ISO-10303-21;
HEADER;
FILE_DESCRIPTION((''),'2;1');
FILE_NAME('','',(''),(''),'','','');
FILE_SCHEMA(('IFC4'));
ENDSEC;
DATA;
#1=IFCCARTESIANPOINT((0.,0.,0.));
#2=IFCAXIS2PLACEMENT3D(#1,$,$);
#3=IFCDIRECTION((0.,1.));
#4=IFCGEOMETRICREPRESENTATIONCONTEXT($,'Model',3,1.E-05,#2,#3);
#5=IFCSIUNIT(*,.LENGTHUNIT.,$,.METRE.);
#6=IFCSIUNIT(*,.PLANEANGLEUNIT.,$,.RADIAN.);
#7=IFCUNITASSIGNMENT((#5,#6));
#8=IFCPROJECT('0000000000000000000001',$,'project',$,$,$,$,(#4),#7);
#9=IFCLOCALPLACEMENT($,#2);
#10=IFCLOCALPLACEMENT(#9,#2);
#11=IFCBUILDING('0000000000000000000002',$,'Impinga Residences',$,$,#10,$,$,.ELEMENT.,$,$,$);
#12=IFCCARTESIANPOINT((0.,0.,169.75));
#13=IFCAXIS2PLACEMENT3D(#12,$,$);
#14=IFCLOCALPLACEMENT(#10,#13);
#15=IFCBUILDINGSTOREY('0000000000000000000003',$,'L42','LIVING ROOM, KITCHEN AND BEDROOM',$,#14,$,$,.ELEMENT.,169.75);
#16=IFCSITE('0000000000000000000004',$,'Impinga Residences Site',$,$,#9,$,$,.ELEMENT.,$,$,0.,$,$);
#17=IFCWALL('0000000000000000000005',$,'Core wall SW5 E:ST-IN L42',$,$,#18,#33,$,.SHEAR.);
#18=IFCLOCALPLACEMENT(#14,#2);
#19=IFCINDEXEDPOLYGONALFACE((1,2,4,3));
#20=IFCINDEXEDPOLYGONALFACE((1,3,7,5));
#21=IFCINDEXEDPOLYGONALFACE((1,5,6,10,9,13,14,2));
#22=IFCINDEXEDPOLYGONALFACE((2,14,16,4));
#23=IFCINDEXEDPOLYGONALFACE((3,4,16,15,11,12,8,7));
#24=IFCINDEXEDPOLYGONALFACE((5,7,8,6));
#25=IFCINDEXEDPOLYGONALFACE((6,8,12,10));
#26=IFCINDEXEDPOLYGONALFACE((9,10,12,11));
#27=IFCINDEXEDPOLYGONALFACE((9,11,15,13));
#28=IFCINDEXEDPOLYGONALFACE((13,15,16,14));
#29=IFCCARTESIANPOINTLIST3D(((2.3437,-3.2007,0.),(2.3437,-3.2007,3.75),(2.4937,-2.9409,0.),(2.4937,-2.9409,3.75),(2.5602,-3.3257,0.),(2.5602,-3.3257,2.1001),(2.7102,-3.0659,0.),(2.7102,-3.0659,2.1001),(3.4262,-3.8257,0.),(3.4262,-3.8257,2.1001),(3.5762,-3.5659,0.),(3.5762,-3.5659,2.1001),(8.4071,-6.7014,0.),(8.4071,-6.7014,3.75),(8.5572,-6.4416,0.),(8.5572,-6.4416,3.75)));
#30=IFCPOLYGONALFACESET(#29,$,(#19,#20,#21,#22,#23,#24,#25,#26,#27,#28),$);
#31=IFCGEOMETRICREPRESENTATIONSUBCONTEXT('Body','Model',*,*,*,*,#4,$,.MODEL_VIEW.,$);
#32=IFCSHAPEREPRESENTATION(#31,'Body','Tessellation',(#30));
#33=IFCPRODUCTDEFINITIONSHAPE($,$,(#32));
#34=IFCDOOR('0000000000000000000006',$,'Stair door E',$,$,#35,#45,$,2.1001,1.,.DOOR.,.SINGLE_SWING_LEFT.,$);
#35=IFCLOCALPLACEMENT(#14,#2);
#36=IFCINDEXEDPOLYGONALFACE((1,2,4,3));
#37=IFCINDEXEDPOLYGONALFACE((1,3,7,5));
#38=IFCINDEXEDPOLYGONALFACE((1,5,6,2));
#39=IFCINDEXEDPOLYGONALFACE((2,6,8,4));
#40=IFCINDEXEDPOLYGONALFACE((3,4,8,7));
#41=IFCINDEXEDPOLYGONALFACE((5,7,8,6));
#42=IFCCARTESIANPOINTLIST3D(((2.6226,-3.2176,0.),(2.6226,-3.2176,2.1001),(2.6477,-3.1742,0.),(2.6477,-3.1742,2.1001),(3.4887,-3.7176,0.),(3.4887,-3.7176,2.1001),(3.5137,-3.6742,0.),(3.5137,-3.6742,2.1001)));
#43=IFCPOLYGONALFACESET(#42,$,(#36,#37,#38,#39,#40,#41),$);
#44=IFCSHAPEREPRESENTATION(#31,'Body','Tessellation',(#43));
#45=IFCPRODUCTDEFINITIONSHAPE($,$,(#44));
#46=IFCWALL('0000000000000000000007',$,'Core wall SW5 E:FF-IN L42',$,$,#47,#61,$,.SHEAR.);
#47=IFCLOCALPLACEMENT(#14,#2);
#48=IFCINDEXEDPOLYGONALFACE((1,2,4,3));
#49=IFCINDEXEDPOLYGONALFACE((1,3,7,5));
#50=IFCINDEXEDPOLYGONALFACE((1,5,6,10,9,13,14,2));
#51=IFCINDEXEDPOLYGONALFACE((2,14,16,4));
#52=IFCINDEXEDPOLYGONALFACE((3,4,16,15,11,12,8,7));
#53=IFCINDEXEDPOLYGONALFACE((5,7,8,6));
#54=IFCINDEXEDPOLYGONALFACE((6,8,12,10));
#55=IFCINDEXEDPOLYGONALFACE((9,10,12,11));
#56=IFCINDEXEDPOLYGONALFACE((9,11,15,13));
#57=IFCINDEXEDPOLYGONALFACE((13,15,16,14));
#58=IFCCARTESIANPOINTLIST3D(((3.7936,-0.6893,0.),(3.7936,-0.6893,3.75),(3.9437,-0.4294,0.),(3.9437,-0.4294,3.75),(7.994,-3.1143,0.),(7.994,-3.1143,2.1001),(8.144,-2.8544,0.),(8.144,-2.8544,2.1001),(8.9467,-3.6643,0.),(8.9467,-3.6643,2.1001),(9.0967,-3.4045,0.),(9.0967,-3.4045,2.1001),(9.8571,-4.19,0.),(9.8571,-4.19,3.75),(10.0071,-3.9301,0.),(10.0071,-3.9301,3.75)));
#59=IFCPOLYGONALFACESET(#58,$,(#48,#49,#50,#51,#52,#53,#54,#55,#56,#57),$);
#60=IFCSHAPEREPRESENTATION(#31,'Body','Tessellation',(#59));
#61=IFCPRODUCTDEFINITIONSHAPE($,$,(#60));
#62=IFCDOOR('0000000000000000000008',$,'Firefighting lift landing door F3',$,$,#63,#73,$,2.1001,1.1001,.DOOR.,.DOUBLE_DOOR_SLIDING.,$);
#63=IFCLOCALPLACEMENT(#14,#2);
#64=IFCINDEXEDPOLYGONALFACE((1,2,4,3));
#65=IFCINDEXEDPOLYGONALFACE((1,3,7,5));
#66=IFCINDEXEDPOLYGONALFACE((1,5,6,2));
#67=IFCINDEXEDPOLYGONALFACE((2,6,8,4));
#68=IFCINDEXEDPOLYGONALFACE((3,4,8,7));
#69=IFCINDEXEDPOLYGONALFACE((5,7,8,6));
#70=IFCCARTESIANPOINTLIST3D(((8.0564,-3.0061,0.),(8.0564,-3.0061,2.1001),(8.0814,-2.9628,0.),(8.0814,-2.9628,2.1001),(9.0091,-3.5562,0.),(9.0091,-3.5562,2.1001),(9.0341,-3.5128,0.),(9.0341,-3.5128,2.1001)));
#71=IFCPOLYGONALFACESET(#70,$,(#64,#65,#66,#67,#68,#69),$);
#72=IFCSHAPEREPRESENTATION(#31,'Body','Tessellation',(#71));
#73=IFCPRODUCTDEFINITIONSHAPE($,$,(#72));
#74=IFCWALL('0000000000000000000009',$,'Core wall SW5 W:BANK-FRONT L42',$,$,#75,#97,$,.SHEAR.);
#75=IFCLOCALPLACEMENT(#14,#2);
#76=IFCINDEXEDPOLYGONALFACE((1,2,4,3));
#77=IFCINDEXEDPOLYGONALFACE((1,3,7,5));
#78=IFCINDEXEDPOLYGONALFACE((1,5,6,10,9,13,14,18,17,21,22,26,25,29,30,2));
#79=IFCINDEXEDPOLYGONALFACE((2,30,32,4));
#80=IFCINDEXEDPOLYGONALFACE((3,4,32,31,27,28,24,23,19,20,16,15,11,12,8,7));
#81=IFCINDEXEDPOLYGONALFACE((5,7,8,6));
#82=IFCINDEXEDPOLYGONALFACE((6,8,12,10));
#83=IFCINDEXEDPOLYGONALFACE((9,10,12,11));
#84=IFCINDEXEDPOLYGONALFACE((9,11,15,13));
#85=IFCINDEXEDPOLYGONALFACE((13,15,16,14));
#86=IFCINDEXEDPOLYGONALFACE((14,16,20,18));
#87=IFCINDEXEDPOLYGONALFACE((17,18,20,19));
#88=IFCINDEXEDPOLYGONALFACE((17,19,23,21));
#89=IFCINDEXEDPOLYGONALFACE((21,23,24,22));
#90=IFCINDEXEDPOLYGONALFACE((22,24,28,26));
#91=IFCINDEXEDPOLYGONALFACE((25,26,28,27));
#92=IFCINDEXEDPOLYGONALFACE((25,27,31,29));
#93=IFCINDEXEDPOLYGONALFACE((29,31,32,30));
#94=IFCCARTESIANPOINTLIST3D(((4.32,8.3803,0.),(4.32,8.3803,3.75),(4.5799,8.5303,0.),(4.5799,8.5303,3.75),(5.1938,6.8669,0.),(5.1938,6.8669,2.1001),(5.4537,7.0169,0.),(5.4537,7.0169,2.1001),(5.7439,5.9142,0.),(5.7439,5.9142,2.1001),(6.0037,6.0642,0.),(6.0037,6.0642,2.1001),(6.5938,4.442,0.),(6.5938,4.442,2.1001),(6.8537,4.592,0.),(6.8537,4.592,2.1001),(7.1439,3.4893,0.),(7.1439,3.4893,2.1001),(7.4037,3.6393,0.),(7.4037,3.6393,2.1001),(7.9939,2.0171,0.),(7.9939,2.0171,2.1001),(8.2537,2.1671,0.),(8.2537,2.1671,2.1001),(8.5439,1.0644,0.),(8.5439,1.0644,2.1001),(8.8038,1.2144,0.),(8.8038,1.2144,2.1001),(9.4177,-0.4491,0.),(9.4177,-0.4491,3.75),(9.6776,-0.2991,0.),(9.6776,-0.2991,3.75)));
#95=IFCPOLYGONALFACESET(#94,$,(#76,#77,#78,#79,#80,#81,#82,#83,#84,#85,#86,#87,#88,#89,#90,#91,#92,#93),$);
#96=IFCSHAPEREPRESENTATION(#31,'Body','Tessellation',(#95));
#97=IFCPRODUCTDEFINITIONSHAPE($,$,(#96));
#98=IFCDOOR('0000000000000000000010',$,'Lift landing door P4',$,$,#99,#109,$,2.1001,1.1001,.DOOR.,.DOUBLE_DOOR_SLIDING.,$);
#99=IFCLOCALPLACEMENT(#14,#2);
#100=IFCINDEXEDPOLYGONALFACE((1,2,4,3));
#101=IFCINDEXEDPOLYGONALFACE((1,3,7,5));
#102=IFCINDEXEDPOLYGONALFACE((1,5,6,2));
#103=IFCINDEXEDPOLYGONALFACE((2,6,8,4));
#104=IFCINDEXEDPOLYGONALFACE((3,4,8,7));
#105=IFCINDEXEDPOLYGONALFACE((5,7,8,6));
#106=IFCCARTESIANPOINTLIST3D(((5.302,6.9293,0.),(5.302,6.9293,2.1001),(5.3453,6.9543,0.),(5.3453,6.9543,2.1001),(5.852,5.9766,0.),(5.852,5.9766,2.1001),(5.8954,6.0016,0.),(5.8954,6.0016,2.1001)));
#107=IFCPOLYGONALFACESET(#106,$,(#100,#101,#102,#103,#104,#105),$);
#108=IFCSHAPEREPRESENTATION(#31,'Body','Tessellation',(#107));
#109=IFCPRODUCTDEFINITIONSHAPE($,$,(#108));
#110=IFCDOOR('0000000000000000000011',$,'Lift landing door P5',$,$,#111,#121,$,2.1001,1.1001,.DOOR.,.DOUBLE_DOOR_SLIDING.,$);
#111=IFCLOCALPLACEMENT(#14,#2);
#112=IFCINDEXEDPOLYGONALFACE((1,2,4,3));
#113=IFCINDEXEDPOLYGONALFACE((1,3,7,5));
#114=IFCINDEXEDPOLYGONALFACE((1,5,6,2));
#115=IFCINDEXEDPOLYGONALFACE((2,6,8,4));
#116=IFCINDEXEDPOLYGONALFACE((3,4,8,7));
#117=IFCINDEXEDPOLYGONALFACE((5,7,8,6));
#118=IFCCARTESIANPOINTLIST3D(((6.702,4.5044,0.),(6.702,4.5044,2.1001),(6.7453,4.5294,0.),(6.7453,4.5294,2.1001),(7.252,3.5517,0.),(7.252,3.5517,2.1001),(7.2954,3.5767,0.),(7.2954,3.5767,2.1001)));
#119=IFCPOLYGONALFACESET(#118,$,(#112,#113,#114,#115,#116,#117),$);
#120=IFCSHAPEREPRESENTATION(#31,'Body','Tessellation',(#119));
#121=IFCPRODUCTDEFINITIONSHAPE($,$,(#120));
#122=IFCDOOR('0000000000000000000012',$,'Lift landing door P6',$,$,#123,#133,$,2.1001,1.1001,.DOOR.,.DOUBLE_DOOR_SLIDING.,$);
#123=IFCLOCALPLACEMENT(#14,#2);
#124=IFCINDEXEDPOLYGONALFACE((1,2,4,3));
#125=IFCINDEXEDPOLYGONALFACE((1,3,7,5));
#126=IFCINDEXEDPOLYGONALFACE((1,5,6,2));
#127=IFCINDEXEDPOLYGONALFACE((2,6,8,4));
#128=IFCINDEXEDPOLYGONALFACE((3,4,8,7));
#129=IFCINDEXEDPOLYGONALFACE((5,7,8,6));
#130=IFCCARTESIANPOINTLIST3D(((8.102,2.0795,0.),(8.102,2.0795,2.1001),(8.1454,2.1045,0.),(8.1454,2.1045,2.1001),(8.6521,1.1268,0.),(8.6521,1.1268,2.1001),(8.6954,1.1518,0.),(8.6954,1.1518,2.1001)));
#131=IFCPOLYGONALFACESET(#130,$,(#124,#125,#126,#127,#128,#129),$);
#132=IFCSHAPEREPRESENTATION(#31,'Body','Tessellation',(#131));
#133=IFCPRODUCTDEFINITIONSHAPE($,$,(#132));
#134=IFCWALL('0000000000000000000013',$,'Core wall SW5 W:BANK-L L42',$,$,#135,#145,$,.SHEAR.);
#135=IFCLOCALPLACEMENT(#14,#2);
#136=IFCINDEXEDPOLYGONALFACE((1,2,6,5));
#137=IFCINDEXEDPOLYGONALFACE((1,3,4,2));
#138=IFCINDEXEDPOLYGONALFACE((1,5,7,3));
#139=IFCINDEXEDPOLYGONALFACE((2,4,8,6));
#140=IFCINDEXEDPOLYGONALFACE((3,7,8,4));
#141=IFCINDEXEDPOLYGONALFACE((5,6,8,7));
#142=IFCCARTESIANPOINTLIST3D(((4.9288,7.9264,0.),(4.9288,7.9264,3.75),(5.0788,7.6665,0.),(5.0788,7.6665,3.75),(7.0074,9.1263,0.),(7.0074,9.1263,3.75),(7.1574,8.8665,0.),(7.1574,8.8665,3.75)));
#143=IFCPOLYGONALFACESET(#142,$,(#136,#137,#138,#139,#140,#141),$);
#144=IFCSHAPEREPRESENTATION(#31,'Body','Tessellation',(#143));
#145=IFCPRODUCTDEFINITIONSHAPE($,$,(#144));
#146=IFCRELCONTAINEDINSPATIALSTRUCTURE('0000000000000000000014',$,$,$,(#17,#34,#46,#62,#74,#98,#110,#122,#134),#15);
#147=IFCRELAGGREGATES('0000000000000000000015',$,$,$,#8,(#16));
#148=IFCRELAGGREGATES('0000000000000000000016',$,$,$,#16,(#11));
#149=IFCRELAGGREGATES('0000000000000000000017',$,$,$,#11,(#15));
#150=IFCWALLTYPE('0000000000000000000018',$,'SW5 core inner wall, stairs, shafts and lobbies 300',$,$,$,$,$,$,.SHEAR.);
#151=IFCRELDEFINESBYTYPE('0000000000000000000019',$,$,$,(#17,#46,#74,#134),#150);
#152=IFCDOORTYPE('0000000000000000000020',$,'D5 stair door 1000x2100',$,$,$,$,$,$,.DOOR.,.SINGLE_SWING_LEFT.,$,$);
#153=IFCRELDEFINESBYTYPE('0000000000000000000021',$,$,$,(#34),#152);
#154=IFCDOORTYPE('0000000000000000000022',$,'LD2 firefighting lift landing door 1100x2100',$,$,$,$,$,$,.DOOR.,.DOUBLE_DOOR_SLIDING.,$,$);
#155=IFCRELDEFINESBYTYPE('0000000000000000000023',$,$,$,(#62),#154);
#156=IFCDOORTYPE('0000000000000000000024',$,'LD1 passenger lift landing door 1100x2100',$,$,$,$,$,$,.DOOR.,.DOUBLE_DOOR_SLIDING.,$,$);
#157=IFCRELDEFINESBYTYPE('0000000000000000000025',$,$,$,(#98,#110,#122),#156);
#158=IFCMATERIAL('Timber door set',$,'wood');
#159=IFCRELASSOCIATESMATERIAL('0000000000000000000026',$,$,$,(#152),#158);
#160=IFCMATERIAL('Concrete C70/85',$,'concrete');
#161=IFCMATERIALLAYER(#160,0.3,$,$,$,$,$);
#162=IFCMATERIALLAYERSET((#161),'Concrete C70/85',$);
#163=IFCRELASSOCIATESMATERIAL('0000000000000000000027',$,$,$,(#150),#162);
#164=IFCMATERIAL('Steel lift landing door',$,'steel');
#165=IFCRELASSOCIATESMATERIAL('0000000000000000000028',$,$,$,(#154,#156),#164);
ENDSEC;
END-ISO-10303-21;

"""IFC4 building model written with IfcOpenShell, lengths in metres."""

from ifc_helpers import new_model, si_unit, direction, frame, frame_2d, origin, place, context, subcontext, project, spatial, rectangle, extrude, material, layer, layer_set, type_object, element, fill, save


model = new_model("IFC4")

# Units and contexts
model_context = context("Model", 3, precision=1e-05, world=origin(), true_north=direction((0.0, 1.0)))
body_context = subcontext(model_context, "Body", "Model", "MODEL_VIEW")
ifc_project = project(units=[si_unit("LENGTHUNIT", "METRE"), si_unit("PLANEANGLEUNIT", "RADIAN")], contexts=[model_context])

# Site, building, storey
site_placement = place(None, origin())
site = spatial("IfcSite", under=ifc_project, at=site_placement, Name="Impinga Residences Site", CompositionType="ELEMENT", RefElevation=0.0)
building_placement = place(site_placement, origin())
building = spatial("IfcBuilding", under=site, at=building_placement, Name="Impinga Residences", CompositionType="ELEMENT")
storey_placement = place(building_placement, frame((0.0, 0.0, 169.75)))
storey = spatial("IfcBuildingStorey", under=building, at=storey_placement, Name="L42", Description="LIVING ROOM, KITCHEN AND BEDROOM", CompositionType="ELEMENT", Elevation=169.75)

# Shared definitions
ifc_material_1 = material(Name="Timber door set", Category="wood")
door_type_1 = type_object("IfcDoorType", Name="D5 stair door 1000x2100", OperationType="SINGLE_SWING_LEFT", PredefinedType="DOOR", material=ifc_material_1)

# Shared definitions
ifc_material_2 = material(Name="Concrete C70/85", Category="concrete")
ifc_layer_1 = layer(ifc_material_2, 0.3)
ifc_layer_set_1 = layer_set([ifc_layer_1], Name="Concrete C70/85")
wall_type_1 = type_object("IfcWallType", Name="SW5 core inner wall, stairs, shafts and lobbies 300", PredefinedType="SHEAR", material=ifc_layer_set_1)

# Walls, openings, doors
wall_1_placement = place(storey_placement, frame((2.4187, -3.0708, 0.0), z_axis=(0.0, 0.0, 1.0), x_axis=(0.866026, -0.499998, 0.0)))
wall_1 = element("IfcWall", 1, at=wall_1_placement, inside=storey, type_object=wall_type_1, Name="Core wall SW5 E:ST-IN L42", PredefinedType="SHEAR", context=body_context, shape_type="SweptSolid", body=[
    extrude(rectangle(XDim=7.0015, YDim=0.3, at=frame_2d((3.5007, 0.0))), origin(), (0.0, 0.0, 1.0), 3.75),
])
opening_1_placement = place(wall_1_placement, frame((0.25, 0.0, 0.0)))
opening_1 = element("IfcOpeningElement", 2, at=opening_1_placement, cuts=wall_1, PredefinedType="OPENING", context=body_context, shape_type="SweptSolid", body=[
    extrude(rectangle(XDim=1.0, YDim=2.1001, at=frame_2d((0.5, 1.05))), frame((0.0, 0.1599, 0.0), z_axis=(0.0, -1.0, 0.0), x_axis=(1.0, 0.0, 0.0)), (0.0, 0.0, 1.0), 0.3201),
])
door_1_placement = place(opening_1_placement, origin())
door_1 = element("IfcDoor", 3, at=door_1_placement, inside=storey, type_object=door_type_1, Name="Stair door E", OperationType="SINGLE_SWING_LEFT", OverallHeight=2.1001, OverallWidth=1.0, PredefinedType="DOOR", context=body_context, shape_type="SweptSolid", body=[
    extrude(rectangle(XDim=1.0, YDim=2.1001, at=frame_2d((0.5, 1.05))), frame((0.0, 0.0249, 0.0), z_axis=(0.0, -1.0, 0.0), x_axis=(1.0, 0.0, 0.0)), (0.0, 0.0, 1.0), 0.05),
])
fill(opening_1, door_1)
wall_2_placement = place(storey_placement, frame((3.8687, -0.5593, 0.0), z_axis=(0.0, 0.0, 1.0), x_axis=(0.866026, -0.499998, 0.0)))
wall_2 = element("IfcWall", 4, at=wall_2_placement, inside=storey, type_object=wall_type_1, Name="Core wall SW5 E:FF-IN L42", PredefinedType="SHEAR", context=body_context, shape_type="SweptSolid", body=[
    extrude(rectangle(XDim=7.0015, YDim=0.3, at=frame_2d((3.5007, 0.0))), origin(), (0.0, 0.0, 1.0), 3.75),
])
opening_2_placement = place(wall_2_placement, frame((4.8501, 0.0, 0.0)))
opening_2 = element("IfcOpeningElement", 5, at=opening_2_placement, cuts=wall_2, PredefinedType="OPENING", context=body_context, shape_type="SweptSolid", body=[
    extrude(rectangle(XDim=1.1001, YDim=2.1001, at=frame_2d((0.55, 1.05))), frame((0.0, 0.1599, 0.0), z_axis=(0.0, -1.0, 0.0), x_axis=(1.0, 0.0, 0.0)), (0.0, 0.0, 1.0), 0.3201),
])
ifc_material_3 = material(Name="Steel lift landing door", Category="steel")
door_type_2 = type_object("IfcDoorType", Name="LD2 firefighting lift landing door 1100x2100", OperationType="DOUBLE_DOOR_SLIDING", PredefinedType="DOOR", material=ifc_material_3)
door_2_placement = place(opening_2_placement, origin())
door_2 = element("IfcDoor", 6, at=door_2_placement, inside=storey, type_object=door_type_2, Name="Firefighting lift landing door F3", OperationType="DOUBLE_DOOR_SLIDING", OverallHeight=2.1001, OverallWidth=1.1001, PredefinedType="DOOR", context=body_context, shape_type="SweptSolid", body=[
    extrude(rectangle(XDim=1.1001, YDim=2.1001, at=frame_2d((0.55, 1.05))), frame((0.0, 0.0249, 0.0), z_axis=(0.0, -1.0, 0.0), x_axis=(1.0, 0.0, 0.0)), (0.0, 0.0, 1.0), 0.05),
])
fill(opening_2, door_2)

# Wall, openings, doors
wall_3_placement = place(storey_placement, frame((4.45, 8.4553, 0.0), z_axis=(0.0, 0.0, 1.0), x_axis=(0.500002, -0.866024, 0.0)))
wall_3 = element("IfcWall", 7, at=wall_3_placement, inside=storey, type_object=wall_type_1, Name="Core wall SW5 W:BANK-FRONT L42", PredefinedType="SHEAR", context=body_context, shape_type="SweptSolid", body=[
    extrude(rectangle(XDim=10.1953, YDim=0.3, at=frame_2d((5.0977, 0.0))), origin(), (0.0, 0.0, 1.0), 3.75),
])
opening_3_placement = place(wall_3_placement, frame((1.7476, 0.0, 0.0)))
opening_3 = element("IfcOpeningElement", 8, at=opening_3_placement, cuts=wall_3, PredefinedType="OPENING", context=body_context, shape_type="SweptSolid", body=[
    extrude(rectangle(XDim=1.1001, YDim=2.1001, at=frame_2d((0.55, 1.05))), frame((0.0, 0.1599, 0.0), z_axis=(0.0, -1.0, 0.0), x_axis=(1.0, 0.0, 0.0)), (0.0, 0.0, 1.0), 0.3201),
])
opening_4_placement = place(wall_3_placement, frame((4.5476, 0.0, 0.0)))
opening_4 = element("IfcOpeningElement", 9, at=opening_4_placement, cuts=wall_3, PredefinedType="OPENING", context=body_context, shape_type="SweptSolid", body=[
    extrude(rectangle(XDim=1.1001, YDim=2.1001, at=frame_2d((0.55, 1.05))), frame((0.0, 0.1599, 0.0), z_axis=(0.0, -1.0, 0.0), x_axis=(1.0, 0.0, 0.0)), (0.0, 0.0, 1.0), 0.3201),
])
opening_5_placement = place(wall_3_placement, frame((7.3477, 0.0, 0.0)))
opening_5 = element("IfcOpeningElement", 10, at=opening_5_placement, cuts=wall_3, PredefinedType="OPENING", context=body_context, shape_type="SweptSolid", body=[
    extrude(rectangle(XDim=1.1001, YDim=2.1001, at=frame_2d((0.55, 1.05))), frame((0.0, 0.1599, 0.0), z_axis=(0.0, -1.0, 0.0), x_axis=(1.0, 0.0, 0.0)), (0.0, 0.0, 1.0), 0.3201),
])
door_type_3 = type_object("IfcDoorType", Name="LD1 passenger lift landing door 1100x2100", OperationType="DOUBLE_DOOR_SLIDING", PredefinedType="DOOR", material=ifc_material_3)
door_3_placement = place(opening_3_placement, origin())
door_3 = element("IfcDoor", 11, at=door_3_placement, inside=storey, type_object=door_type_3, Name="Lift landing door P4", OperationType="DOUBLE_DOOR_SLIDING", OverallHeight=2.1001, OverallWidth=1.1001, PredefinedType="DOOR", context=body_context, shape_type="SweptSolid", body=[
    extrude(rectangle(XDim=1.1001, YDim=2.1001, at=frame_2d((0.55, 1.05))), frame((0.0, 0.0249, 0.0), z_axis=(0.0, -1.0, 0.0), x_axis=(1.0, 0.0, 0.0)), (0.0, 0.0, 1.0), 0.05),
])
fill(opening_3, door_3)
door_4_placement = place(opening_4_placement, origin())
door_4 = element("IfcDoor", 12, at=door_4_placement, inside=storey, type_object=door_type_3, Name="Lift landing door P5", OperationType="DOUBLE_DOOR_SLIDING", OverallHeight=2.1001, OverallWidth=1.1001, PredefinedType="DOOR", context=body_context, shape_type="SweptSolid", body=[
    extrude(rectangle(XDim=1.1001, YDim=2.1001, at=frame_2d((0.55, 1.05))), frame((0.0, 0.0249, 0.0), z_axis=(0.0, -1.0, 0.0), x_axis=(1.0, 0.0, 0.0)), (0.0, 0.0, 1.0), 0.05),
])
fill(opening_4, door_4)
door_5_placement = place(opening_5_placement, origin())
door_5 = element("IfcDoor", 13, at=door_5_placement, inside=storey, type_object=door_type_3, Name="Lift landing door P6", OperationType="DOUBLE_DOOR_SLIDING", OverallHeight=2.1001, OverallWidth=1.1001, PredefinedType="DOOR", context=body_context, shape_type="SweptSolid", body=[
    extrude(rectangle(XDim=1.1001, YDim=2.1001, at=frame_2d((0.55, 1.05))), frame((0.0, 0.0249, 0.0), z_axis=(0.0, -1.0, 0.0), x_axis=(1.0, 0.0, 0.0)), (0.0, 0.0, 1.0), 0.05),
])
fill(opening_5, door_5)

# Wall
wall_4_placement = place(storey_placement, frame((5.0037, 7.7964, 0.0), z_axis=(0.0, 0.0, 1.0), x_axis=(0.86605, 0.499957, 0.0)))
element("IfcWall", 14, at=wall_4_placement, inside=storey, type_object=wall_type_1, Name="Core wall SW5 W:BANK-L L42", PredefinedType="SHEAR", context=body_context, shape_type="SweptSolid", body=[
    extrude(rectangle(XDim=2.4001, YDim=0.3, at=frame_2d((1.2002, 0.0))), origin(), (0.0, 0.0, 1.0), 3.75),
])

save(model, "model.ifc")
